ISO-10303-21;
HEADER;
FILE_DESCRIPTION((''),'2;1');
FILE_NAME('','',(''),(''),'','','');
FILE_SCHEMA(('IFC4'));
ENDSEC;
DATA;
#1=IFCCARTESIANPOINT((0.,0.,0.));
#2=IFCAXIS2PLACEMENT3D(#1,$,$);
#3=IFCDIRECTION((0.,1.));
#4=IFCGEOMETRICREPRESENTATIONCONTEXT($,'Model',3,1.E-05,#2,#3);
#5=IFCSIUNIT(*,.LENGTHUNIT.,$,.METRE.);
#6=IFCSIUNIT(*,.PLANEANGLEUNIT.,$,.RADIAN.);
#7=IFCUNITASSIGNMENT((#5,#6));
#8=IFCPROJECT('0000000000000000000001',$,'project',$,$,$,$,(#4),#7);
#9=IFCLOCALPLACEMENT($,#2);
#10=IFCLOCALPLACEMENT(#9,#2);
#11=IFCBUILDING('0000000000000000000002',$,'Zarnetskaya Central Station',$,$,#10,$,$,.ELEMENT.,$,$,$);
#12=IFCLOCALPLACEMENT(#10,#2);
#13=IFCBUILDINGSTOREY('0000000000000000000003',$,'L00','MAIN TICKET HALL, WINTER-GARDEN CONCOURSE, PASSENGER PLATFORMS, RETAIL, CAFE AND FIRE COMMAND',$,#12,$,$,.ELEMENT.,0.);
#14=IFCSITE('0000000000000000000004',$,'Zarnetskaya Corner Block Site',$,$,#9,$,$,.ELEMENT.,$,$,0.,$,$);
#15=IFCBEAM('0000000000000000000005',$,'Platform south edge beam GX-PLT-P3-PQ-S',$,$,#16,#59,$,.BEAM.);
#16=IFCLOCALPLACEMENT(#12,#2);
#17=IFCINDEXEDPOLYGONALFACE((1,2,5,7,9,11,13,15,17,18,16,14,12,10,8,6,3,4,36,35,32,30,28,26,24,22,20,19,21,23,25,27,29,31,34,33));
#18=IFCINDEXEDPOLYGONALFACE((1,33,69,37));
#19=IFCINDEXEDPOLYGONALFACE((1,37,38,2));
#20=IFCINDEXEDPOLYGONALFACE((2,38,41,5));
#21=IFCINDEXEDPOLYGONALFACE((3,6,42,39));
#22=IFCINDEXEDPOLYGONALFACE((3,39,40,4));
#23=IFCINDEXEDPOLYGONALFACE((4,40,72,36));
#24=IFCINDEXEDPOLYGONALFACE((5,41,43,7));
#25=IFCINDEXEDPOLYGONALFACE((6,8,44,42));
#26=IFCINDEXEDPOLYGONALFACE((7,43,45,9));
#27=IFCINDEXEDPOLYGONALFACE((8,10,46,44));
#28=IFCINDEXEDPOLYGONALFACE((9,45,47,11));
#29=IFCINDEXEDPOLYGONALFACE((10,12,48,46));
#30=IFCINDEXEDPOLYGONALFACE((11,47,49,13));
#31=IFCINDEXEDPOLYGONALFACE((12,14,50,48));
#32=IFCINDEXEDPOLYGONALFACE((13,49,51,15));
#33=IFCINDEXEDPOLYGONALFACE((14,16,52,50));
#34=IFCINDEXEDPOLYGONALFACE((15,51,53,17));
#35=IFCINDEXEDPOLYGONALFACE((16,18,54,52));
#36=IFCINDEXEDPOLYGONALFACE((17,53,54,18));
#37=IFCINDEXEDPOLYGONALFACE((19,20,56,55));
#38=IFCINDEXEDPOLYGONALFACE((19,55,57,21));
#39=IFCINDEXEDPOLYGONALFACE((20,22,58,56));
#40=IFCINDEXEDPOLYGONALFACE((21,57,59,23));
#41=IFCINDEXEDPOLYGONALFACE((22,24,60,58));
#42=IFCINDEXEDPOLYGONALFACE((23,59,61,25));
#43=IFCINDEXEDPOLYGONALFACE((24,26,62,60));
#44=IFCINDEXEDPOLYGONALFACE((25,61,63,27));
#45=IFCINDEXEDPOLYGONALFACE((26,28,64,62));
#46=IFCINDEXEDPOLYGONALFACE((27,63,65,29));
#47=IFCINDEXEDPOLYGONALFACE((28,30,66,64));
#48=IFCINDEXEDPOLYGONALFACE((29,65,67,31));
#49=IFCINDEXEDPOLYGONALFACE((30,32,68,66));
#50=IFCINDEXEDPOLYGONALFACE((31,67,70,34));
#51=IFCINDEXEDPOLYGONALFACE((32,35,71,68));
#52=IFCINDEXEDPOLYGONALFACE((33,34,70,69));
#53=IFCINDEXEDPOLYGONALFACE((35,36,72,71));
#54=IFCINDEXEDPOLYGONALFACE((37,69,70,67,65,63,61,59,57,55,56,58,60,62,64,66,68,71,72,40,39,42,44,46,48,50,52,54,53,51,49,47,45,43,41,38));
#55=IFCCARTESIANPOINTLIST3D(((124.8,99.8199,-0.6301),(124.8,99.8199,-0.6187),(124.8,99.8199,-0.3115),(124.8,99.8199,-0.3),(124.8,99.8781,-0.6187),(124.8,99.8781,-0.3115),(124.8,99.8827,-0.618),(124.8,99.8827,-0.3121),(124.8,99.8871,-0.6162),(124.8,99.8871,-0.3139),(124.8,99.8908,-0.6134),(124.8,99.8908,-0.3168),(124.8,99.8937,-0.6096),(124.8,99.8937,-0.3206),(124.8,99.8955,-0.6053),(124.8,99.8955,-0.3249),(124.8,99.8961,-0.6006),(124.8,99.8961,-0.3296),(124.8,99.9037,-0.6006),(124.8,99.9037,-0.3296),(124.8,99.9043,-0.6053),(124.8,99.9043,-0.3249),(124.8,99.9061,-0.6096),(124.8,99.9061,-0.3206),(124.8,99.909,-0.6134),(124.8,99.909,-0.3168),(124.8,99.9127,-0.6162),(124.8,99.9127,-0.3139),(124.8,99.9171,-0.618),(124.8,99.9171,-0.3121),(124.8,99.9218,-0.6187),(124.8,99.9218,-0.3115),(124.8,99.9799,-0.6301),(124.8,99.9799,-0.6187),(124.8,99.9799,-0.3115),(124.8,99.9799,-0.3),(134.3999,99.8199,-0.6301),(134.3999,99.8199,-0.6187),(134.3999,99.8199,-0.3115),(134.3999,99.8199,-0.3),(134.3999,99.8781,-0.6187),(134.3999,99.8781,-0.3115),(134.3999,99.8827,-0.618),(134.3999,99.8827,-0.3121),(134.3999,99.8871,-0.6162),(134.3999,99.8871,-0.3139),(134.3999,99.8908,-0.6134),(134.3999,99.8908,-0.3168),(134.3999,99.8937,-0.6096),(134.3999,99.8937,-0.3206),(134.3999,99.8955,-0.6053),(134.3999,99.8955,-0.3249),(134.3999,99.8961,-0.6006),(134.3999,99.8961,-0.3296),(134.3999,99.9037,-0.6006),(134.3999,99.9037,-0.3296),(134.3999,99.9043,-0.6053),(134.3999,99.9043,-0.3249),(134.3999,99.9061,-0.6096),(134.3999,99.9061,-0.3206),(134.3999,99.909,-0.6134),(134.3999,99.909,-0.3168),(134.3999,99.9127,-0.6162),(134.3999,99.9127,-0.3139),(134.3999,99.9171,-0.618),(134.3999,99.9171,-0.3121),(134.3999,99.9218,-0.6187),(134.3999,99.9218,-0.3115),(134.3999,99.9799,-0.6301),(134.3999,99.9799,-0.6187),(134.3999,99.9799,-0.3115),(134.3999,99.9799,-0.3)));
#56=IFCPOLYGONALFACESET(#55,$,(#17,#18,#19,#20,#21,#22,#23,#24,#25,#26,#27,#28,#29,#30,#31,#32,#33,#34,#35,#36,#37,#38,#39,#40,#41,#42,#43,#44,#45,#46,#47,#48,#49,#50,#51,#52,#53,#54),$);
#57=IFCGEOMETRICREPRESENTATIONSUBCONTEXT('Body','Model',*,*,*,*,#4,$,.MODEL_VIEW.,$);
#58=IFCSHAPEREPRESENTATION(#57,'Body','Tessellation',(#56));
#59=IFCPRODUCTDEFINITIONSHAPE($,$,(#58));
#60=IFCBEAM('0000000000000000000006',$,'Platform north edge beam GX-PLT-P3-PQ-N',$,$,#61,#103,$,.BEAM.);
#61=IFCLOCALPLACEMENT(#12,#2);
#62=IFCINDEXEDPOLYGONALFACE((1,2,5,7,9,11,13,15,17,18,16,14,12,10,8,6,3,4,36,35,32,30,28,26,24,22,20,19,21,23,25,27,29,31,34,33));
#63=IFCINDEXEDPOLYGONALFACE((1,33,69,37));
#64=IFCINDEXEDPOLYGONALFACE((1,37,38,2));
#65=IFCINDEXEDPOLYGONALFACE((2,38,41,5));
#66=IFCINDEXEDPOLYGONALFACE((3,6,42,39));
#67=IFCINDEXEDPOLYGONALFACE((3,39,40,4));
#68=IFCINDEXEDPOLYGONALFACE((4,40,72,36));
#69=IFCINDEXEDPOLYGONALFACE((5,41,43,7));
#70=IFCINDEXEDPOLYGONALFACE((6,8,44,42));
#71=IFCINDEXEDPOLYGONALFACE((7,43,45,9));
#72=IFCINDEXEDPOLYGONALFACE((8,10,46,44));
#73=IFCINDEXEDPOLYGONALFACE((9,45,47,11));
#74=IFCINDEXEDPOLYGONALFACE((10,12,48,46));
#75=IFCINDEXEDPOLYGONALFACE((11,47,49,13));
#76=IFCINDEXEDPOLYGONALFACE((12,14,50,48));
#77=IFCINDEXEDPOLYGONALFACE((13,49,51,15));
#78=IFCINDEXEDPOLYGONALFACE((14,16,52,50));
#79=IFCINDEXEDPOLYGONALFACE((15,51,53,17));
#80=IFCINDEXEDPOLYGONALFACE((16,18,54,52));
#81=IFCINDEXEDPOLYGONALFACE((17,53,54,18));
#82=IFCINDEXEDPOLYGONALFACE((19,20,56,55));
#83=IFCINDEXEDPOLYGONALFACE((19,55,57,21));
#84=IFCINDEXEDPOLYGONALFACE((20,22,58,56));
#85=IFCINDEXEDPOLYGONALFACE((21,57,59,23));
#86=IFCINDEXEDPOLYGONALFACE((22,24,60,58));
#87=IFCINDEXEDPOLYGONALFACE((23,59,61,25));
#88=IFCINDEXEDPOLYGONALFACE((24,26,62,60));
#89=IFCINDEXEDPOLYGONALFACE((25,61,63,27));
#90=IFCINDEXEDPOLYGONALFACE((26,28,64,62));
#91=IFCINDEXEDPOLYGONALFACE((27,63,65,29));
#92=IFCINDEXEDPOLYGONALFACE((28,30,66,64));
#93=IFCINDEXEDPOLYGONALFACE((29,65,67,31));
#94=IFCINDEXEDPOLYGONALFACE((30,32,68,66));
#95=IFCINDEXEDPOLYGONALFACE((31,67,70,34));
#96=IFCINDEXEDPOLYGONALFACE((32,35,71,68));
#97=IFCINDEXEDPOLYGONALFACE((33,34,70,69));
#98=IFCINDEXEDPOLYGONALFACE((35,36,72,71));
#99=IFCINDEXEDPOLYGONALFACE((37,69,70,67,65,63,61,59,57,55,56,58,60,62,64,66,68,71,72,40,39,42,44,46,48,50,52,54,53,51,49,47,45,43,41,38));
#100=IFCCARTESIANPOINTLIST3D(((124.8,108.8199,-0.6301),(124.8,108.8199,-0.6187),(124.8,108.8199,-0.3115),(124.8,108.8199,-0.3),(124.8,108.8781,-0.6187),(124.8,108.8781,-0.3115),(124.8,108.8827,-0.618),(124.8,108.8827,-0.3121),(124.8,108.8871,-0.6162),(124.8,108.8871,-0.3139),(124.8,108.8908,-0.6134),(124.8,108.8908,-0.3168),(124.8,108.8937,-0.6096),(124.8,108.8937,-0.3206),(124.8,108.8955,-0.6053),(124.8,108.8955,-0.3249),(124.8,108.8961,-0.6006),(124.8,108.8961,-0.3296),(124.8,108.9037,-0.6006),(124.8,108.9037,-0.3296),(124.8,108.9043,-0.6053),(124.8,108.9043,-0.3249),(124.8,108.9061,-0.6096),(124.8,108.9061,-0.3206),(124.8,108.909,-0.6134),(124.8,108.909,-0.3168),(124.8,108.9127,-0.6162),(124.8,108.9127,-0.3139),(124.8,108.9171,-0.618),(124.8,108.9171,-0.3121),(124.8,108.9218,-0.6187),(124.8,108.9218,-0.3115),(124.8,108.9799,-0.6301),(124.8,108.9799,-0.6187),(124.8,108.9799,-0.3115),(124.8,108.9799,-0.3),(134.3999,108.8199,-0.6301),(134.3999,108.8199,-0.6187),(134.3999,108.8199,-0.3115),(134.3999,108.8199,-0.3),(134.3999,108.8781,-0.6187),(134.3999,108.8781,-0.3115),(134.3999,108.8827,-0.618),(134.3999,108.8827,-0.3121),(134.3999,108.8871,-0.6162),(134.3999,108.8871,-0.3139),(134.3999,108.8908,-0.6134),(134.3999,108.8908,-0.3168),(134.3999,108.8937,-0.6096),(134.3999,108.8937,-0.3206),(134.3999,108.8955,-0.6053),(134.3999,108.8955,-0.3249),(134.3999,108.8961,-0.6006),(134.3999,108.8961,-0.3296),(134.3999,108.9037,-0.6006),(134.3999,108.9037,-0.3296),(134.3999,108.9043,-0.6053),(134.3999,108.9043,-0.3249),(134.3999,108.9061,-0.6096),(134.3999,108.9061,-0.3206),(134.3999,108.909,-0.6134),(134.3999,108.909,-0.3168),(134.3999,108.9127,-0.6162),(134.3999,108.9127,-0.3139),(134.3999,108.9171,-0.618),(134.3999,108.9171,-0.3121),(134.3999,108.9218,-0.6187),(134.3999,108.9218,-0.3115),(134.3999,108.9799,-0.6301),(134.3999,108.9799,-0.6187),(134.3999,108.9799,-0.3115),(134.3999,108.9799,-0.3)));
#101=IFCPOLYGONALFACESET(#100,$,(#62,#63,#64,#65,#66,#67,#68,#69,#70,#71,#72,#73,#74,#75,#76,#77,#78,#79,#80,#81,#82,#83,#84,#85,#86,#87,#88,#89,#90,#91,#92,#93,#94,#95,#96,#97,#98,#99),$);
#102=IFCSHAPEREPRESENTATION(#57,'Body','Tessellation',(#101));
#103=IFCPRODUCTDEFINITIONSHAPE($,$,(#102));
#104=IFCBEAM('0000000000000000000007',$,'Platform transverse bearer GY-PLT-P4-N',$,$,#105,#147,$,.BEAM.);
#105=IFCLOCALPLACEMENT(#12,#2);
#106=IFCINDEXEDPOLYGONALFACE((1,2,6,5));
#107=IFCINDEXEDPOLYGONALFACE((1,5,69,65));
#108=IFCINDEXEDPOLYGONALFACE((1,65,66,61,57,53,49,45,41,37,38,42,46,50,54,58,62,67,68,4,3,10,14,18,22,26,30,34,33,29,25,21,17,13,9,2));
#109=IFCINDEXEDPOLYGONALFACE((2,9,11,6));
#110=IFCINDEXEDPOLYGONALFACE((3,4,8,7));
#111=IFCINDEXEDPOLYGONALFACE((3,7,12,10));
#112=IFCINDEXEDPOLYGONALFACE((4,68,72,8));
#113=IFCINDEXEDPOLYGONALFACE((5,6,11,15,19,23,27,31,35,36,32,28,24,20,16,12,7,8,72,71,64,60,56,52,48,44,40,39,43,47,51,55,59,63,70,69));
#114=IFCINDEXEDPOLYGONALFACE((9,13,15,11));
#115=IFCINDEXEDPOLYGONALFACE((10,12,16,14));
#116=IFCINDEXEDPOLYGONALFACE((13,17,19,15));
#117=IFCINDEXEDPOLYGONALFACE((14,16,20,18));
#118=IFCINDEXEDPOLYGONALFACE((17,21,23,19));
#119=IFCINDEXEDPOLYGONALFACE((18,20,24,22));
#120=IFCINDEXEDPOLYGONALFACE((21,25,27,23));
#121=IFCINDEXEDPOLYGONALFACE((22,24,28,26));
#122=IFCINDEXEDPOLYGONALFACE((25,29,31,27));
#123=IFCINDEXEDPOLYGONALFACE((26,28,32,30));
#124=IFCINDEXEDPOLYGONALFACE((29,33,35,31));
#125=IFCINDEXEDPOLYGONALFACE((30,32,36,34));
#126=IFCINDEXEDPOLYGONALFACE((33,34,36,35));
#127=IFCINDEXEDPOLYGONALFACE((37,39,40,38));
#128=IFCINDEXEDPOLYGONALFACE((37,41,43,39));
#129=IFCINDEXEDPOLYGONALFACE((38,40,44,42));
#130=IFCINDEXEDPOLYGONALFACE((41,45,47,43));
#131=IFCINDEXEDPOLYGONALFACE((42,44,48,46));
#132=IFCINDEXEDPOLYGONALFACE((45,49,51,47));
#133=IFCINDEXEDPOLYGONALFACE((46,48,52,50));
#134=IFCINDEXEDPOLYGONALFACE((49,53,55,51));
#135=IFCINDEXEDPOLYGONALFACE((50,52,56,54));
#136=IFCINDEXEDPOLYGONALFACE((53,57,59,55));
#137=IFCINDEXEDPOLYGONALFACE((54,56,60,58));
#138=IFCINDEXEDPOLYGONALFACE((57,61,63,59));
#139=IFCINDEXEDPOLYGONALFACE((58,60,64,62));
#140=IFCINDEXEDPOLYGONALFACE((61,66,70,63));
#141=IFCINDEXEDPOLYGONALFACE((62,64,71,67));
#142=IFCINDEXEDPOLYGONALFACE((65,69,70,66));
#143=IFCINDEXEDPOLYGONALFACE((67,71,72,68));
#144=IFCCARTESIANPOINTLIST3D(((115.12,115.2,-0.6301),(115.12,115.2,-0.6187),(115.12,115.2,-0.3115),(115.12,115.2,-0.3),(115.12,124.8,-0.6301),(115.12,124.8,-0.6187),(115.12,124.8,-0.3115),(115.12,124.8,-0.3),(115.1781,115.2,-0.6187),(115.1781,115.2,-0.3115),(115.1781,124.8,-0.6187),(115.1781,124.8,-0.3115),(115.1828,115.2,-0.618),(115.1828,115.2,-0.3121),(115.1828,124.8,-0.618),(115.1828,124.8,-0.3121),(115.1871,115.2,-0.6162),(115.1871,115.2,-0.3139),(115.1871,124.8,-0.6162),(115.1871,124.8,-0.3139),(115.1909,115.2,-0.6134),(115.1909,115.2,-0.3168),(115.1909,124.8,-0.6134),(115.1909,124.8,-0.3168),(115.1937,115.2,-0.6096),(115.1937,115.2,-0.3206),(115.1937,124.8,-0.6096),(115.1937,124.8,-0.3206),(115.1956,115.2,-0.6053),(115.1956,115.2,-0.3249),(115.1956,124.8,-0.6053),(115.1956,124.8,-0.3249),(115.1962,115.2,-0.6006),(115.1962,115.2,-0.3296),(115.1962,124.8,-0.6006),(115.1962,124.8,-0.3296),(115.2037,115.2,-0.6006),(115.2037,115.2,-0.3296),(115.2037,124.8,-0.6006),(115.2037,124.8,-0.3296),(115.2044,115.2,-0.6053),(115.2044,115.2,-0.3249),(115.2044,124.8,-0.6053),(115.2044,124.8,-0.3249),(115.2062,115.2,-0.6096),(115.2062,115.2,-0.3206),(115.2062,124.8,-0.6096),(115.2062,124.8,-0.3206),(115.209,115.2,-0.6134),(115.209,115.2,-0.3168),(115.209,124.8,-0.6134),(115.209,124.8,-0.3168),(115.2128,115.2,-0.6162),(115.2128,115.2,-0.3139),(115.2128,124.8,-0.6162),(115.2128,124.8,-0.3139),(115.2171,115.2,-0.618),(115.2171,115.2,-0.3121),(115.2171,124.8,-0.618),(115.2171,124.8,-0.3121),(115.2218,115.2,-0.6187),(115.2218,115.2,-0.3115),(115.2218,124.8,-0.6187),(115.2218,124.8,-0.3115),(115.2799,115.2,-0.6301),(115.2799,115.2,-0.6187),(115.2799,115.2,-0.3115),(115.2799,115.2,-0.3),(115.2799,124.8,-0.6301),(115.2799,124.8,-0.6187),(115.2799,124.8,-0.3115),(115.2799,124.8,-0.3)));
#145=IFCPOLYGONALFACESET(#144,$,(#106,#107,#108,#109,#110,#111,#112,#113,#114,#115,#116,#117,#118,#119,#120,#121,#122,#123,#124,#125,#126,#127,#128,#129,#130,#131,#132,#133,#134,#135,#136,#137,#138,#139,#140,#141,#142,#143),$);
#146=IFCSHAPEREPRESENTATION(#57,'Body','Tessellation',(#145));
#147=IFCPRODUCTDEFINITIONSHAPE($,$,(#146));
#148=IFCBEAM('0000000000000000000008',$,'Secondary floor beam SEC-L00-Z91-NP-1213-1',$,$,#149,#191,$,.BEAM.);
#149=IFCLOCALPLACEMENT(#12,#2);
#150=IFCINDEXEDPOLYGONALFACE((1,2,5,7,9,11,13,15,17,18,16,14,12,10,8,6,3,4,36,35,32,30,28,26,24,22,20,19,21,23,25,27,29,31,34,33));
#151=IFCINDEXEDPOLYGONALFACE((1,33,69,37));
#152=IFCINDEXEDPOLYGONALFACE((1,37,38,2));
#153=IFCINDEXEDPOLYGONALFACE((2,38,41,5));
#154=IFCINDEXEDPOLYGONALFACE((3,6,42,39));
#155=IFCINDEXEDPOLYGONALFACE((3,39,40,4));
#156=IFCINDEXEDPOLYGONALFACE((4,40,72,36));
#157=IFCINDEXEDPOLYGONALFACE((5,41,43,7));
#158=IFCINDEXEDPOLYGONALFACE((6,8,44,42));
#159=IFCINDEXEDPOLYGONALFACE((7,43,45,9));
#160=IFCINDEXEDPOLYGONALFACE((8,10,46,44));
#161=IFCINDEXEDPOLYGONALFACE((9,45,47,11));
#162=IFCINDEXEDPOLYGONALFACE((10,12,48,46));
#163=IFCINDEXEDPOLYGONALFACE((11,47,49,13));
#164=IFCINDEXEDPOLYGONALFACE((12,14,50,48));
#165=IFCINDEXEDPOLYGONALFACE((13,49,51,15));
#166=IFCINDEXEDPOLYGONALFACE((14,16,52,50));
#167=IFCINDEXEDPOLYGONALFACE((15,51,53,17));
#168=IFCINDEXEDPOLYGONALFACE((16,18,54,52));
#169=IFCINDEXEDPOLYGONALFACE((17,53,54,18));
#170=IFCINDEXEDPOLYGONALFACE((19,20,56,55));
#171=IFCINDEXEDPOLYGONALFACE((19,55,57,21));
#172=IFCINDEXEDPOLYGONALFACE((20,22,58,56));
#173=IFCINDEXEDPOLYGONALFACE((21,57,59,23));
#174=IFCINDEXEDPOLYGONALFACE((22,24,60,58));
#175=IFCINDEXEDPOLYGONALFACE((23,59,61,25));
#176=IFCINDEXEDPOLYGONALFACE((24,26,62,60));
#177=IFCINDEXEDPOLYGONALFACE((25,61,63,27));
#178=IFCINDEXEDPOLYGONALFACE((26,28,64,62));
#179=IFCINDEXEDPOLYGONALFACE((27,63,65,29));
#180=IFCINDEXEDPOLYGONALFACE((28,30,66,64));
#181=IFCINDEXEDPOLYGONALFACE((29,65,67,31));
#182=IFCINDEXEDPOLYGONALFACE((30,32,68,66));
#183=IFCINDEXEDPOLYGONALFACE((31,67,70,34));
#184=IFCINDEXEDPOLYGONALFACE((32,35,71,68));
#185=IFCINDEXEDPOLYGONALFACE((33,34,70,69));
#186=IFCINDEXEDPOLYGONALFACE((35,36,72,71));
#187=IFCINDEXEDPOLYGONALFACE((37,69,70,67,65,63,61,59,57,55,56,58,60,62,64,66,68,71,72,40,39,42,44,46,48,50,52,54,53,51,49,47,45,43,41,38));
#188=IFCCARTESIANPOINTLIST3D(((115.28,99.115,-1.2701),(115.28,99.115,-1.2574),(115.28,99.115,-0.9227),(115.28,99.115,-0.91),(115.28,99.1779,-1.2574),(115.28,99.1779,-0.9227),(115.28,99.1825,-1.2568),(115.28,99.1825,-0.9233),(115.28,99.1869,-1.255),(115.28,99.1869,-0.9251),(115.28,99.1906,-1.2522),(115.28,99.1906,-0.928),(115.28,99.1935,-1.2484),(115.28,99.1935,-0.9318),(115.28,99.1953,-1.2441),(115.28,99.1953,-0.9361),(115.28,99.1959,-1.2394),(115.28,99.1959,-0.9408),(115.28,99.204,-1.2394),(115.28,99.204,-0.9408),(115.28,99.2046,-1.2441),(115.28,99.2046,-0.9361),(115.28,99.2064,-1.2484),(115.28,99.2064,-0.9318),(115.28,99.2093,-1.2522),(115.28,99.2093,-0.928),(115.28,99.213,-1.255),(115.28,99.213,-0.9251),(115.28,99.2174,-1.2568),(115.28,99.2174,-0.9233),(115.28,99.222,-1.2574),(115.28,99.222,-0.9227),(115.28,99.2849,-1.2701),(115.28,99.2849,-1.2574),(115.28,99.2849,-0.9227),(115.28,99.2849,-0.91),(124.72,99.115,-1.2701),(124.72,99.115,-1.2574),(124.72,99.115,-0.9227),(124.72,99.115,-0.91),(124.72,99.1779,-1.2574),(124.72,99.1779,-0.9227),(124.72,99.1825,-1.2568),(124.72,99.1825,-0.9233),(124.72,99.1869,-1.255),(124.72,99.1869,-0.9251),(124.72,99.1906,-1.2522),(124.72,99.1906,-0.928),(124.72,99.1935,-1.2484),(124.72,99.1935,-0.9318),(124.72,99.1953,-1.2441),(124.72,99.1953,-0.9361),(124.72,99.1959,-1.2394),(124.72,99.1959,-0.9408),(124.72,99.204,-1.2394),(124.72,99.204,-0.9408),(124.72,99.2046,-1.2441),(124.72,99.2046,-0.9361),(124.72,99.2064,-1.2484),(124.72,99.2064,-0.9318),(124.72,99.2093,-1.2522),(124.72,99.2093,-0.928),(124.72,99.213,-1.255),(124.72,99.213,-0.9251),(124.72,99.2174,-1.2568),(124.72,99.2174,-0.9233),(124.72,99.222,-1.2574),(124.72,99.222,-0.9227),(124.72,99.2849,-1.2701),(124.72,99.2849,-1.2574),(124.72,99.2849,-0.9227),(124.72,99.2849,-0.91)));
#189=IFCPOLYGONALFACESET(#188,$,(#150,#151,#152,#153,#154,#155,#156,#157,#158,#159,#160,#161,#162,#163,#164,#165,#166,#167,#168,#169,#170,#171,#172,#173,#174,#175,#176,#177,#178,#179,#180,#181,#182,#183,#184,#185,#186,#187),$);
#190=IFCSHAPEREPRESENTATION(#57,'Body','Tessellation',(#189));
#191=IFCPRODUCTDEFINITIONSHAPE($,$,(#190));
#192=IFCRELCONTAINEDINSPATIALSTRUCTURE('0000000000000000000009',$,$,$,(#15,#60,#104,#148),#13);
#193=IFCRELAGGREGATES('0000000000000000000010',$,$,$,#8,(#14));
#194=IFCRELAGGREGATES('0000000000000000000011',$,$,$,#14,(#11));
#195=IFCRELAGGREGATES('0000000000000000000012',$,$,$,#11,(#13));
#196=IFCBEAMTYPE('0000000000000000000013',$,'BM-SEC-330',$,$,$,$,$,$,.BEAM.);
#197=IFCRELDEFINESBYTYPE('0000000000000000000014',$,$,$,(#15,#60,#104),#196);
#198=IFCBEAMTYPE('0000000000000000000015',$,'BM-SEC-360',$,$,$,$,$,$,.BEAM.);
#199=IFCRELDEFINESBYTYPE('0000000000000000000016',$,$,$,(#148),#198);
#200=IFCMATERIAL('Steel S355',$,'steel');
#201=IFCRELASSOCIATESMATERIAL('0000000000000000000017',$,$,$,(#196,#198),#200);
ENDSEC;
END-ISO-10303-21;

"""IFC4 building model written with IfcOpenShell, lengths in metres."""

from ifc_helpers import new_model, si_unit, direction, frame, origin, origin_2d, place, context, subcontext, project, spatial, i_section, extrude, material, material_profile, profile_set, type_object, element, save


model = new_model("IFC4")

# Units and contexts
model_context = context("Model", 3, precision=1e-05, world=origin(), true_north=direction((0.0, 1.0)))
body_context = subcontext(model_context, "Body", "Model", "MODEL_VIEW")
ifc_project = project(units=[si_unit("LENGTHUNIT", "METRE"), si_unit("PLANEANGLEUNIT", "RADIAN")], contexts=[model_context])

# Site, building, storey
site_placement = place(None, origin())
site = spatial("IfcSite", under=ifc_project, at=site_placement, Name="Zarnetskaya Corner Block Site", CompositionType="ELEMENT", RefElevation=0.0)
building_placement = place(site_placement, origin())
building = spatial("IfcBuilding", under=site, at=building_placement, Name="Zarnetskaya Central Station", CompositionType="ELEMENT")
storey_placement = place(building_placement, origin())
storey = spatial("IfcBuildingStorey", under=building, at=storey_placement, Name="L00", Description="MAIN TICKET HALL, WINTER-GARDEN CONCOURSE, PASSENGER PLATFORMS, RETAIL, CAFE AND FIRE COMMAND", CompositionType="ELEMENT", Elevation=0.0)

# Shared definitions
ifc_material = material(Name="Steel S355", Category="steel")

# Beams
ifc_material_profile_1 = material_profile(ifc_material, i_section(OverallWidth=0.1599, OverallDepth=0.3301, WebThickness=0.0076, FlangeThickness=0.0115, FilletRadius=0.0181, at=origin_2d()), Name="IPE 330")
ifc_profile_set_1 = profile_set([ifc_material_profile_1], Name="Steel S355")
beam_type_1 = type_object("IfcBeamType", Name="BM-SEC-330", PredefinedType="BEAM", material=ifc_profile_set_1)
for number, where, z_axis, x_axis, name in (
    (1, (124.8, 99.8999, -0.4651), (1.0, 0.0, 0.0), (0.0, 1.0, 0.0), "Platform south edge beam GX-PLT-P3-PQ-S"),
    (2, (124.8, 108.8999, -0.4651), (1.0, 0.0, 0.0), (0.0, 1.0, 0.0), "Platform north edge beam GX-PLT-P3-PQ-N"),
):
    element("IfcBeam", number, at=place(storey_placement, frame(where, z_axis=z_axis, x_axis=x_axis)), inside=storey, type_object=beam_type_1, Name=name, PredefinedType="BEAM", context=body_context, shape_type="SweptSolid", body=[
        extrude(i_section(OverallWidth=0.1599, OverallDepth=0.3301, WebThickness=0.0076, FlangeThickness=0.0115, FilletRadius=0.0181, at=origin_2d()), origin(), (0.0, 0.0, 1.0), 9.5999),
    ])
beam_1_placement = place(storey_placement, frame((115.2, 115.2, -0.4651), z_axis=(0.0, 1.0, 0.0), x_axis=(-1.0, 0.0, 0.0)))
element("IfcBeam", 3, at=beam_1_placement, inside=storey, type_object=beam_type_1, Name="Platform transverse bearer GY-PLT-P4-N", PredefinedType="BEAM", context=body_context, shape_type="SweptSolid", body=[
    extrude(i_section(OverallWidth=0.1599, OverallDepth=0.3301, WebThickness=0.0076, FlangeThickness=0.0115, FilletRadius=0.0181, at=origin_2d()), origin(), (0.0, 0.0, 1.0), 9.6001),
])
ifc_material_profile_2 = material_profile(ifc_material, i_section(OverallWidth=0.1699, OverallDepth=0.3601, WebThickness=0.0081, FlangeThickness=0.0127, FilletRadius=0.0181, at=origin_2d()), Name="IPE 360")
ifc_profile_set_2 = profile_set([ifc_material_profile_2], Name="Steel S355")
beam_type_2 = type_object("IfcBeamType", Name="BM-SEC-360", PredefinedType="BEAM", material=ifc_profile_set_2)
for number, where, z_axis, x_axis, name in (
    (4, (115.28, 99.2, -1.0901), (1.0, 0.0, 0.0), (0.0, 1.0, 0.0), "Secondary floor beam SEC-L00-Z91-NP-1213-1"),
):
    element("IfcBeam", number, at=place(storey_placement, frame(where, z_axis=z_axis, x_axis=x_axis)), inside=storey, type_object=beam_type_2, Name=name, PredefinedType="BEAM", context=body_context, shape_type="SweptSolid", body=[
        extrude(i_section(OverallWidth=0.1699, OverallDepth=0.3601, WebThickness=0.0081, FlangeThickness=0.0127, FilletRadius=0.0181, at=origin_2d()), origin(), (0.0, 0.0, 1.0), 9.4399),
    ])

save(model, "model.ifc")
